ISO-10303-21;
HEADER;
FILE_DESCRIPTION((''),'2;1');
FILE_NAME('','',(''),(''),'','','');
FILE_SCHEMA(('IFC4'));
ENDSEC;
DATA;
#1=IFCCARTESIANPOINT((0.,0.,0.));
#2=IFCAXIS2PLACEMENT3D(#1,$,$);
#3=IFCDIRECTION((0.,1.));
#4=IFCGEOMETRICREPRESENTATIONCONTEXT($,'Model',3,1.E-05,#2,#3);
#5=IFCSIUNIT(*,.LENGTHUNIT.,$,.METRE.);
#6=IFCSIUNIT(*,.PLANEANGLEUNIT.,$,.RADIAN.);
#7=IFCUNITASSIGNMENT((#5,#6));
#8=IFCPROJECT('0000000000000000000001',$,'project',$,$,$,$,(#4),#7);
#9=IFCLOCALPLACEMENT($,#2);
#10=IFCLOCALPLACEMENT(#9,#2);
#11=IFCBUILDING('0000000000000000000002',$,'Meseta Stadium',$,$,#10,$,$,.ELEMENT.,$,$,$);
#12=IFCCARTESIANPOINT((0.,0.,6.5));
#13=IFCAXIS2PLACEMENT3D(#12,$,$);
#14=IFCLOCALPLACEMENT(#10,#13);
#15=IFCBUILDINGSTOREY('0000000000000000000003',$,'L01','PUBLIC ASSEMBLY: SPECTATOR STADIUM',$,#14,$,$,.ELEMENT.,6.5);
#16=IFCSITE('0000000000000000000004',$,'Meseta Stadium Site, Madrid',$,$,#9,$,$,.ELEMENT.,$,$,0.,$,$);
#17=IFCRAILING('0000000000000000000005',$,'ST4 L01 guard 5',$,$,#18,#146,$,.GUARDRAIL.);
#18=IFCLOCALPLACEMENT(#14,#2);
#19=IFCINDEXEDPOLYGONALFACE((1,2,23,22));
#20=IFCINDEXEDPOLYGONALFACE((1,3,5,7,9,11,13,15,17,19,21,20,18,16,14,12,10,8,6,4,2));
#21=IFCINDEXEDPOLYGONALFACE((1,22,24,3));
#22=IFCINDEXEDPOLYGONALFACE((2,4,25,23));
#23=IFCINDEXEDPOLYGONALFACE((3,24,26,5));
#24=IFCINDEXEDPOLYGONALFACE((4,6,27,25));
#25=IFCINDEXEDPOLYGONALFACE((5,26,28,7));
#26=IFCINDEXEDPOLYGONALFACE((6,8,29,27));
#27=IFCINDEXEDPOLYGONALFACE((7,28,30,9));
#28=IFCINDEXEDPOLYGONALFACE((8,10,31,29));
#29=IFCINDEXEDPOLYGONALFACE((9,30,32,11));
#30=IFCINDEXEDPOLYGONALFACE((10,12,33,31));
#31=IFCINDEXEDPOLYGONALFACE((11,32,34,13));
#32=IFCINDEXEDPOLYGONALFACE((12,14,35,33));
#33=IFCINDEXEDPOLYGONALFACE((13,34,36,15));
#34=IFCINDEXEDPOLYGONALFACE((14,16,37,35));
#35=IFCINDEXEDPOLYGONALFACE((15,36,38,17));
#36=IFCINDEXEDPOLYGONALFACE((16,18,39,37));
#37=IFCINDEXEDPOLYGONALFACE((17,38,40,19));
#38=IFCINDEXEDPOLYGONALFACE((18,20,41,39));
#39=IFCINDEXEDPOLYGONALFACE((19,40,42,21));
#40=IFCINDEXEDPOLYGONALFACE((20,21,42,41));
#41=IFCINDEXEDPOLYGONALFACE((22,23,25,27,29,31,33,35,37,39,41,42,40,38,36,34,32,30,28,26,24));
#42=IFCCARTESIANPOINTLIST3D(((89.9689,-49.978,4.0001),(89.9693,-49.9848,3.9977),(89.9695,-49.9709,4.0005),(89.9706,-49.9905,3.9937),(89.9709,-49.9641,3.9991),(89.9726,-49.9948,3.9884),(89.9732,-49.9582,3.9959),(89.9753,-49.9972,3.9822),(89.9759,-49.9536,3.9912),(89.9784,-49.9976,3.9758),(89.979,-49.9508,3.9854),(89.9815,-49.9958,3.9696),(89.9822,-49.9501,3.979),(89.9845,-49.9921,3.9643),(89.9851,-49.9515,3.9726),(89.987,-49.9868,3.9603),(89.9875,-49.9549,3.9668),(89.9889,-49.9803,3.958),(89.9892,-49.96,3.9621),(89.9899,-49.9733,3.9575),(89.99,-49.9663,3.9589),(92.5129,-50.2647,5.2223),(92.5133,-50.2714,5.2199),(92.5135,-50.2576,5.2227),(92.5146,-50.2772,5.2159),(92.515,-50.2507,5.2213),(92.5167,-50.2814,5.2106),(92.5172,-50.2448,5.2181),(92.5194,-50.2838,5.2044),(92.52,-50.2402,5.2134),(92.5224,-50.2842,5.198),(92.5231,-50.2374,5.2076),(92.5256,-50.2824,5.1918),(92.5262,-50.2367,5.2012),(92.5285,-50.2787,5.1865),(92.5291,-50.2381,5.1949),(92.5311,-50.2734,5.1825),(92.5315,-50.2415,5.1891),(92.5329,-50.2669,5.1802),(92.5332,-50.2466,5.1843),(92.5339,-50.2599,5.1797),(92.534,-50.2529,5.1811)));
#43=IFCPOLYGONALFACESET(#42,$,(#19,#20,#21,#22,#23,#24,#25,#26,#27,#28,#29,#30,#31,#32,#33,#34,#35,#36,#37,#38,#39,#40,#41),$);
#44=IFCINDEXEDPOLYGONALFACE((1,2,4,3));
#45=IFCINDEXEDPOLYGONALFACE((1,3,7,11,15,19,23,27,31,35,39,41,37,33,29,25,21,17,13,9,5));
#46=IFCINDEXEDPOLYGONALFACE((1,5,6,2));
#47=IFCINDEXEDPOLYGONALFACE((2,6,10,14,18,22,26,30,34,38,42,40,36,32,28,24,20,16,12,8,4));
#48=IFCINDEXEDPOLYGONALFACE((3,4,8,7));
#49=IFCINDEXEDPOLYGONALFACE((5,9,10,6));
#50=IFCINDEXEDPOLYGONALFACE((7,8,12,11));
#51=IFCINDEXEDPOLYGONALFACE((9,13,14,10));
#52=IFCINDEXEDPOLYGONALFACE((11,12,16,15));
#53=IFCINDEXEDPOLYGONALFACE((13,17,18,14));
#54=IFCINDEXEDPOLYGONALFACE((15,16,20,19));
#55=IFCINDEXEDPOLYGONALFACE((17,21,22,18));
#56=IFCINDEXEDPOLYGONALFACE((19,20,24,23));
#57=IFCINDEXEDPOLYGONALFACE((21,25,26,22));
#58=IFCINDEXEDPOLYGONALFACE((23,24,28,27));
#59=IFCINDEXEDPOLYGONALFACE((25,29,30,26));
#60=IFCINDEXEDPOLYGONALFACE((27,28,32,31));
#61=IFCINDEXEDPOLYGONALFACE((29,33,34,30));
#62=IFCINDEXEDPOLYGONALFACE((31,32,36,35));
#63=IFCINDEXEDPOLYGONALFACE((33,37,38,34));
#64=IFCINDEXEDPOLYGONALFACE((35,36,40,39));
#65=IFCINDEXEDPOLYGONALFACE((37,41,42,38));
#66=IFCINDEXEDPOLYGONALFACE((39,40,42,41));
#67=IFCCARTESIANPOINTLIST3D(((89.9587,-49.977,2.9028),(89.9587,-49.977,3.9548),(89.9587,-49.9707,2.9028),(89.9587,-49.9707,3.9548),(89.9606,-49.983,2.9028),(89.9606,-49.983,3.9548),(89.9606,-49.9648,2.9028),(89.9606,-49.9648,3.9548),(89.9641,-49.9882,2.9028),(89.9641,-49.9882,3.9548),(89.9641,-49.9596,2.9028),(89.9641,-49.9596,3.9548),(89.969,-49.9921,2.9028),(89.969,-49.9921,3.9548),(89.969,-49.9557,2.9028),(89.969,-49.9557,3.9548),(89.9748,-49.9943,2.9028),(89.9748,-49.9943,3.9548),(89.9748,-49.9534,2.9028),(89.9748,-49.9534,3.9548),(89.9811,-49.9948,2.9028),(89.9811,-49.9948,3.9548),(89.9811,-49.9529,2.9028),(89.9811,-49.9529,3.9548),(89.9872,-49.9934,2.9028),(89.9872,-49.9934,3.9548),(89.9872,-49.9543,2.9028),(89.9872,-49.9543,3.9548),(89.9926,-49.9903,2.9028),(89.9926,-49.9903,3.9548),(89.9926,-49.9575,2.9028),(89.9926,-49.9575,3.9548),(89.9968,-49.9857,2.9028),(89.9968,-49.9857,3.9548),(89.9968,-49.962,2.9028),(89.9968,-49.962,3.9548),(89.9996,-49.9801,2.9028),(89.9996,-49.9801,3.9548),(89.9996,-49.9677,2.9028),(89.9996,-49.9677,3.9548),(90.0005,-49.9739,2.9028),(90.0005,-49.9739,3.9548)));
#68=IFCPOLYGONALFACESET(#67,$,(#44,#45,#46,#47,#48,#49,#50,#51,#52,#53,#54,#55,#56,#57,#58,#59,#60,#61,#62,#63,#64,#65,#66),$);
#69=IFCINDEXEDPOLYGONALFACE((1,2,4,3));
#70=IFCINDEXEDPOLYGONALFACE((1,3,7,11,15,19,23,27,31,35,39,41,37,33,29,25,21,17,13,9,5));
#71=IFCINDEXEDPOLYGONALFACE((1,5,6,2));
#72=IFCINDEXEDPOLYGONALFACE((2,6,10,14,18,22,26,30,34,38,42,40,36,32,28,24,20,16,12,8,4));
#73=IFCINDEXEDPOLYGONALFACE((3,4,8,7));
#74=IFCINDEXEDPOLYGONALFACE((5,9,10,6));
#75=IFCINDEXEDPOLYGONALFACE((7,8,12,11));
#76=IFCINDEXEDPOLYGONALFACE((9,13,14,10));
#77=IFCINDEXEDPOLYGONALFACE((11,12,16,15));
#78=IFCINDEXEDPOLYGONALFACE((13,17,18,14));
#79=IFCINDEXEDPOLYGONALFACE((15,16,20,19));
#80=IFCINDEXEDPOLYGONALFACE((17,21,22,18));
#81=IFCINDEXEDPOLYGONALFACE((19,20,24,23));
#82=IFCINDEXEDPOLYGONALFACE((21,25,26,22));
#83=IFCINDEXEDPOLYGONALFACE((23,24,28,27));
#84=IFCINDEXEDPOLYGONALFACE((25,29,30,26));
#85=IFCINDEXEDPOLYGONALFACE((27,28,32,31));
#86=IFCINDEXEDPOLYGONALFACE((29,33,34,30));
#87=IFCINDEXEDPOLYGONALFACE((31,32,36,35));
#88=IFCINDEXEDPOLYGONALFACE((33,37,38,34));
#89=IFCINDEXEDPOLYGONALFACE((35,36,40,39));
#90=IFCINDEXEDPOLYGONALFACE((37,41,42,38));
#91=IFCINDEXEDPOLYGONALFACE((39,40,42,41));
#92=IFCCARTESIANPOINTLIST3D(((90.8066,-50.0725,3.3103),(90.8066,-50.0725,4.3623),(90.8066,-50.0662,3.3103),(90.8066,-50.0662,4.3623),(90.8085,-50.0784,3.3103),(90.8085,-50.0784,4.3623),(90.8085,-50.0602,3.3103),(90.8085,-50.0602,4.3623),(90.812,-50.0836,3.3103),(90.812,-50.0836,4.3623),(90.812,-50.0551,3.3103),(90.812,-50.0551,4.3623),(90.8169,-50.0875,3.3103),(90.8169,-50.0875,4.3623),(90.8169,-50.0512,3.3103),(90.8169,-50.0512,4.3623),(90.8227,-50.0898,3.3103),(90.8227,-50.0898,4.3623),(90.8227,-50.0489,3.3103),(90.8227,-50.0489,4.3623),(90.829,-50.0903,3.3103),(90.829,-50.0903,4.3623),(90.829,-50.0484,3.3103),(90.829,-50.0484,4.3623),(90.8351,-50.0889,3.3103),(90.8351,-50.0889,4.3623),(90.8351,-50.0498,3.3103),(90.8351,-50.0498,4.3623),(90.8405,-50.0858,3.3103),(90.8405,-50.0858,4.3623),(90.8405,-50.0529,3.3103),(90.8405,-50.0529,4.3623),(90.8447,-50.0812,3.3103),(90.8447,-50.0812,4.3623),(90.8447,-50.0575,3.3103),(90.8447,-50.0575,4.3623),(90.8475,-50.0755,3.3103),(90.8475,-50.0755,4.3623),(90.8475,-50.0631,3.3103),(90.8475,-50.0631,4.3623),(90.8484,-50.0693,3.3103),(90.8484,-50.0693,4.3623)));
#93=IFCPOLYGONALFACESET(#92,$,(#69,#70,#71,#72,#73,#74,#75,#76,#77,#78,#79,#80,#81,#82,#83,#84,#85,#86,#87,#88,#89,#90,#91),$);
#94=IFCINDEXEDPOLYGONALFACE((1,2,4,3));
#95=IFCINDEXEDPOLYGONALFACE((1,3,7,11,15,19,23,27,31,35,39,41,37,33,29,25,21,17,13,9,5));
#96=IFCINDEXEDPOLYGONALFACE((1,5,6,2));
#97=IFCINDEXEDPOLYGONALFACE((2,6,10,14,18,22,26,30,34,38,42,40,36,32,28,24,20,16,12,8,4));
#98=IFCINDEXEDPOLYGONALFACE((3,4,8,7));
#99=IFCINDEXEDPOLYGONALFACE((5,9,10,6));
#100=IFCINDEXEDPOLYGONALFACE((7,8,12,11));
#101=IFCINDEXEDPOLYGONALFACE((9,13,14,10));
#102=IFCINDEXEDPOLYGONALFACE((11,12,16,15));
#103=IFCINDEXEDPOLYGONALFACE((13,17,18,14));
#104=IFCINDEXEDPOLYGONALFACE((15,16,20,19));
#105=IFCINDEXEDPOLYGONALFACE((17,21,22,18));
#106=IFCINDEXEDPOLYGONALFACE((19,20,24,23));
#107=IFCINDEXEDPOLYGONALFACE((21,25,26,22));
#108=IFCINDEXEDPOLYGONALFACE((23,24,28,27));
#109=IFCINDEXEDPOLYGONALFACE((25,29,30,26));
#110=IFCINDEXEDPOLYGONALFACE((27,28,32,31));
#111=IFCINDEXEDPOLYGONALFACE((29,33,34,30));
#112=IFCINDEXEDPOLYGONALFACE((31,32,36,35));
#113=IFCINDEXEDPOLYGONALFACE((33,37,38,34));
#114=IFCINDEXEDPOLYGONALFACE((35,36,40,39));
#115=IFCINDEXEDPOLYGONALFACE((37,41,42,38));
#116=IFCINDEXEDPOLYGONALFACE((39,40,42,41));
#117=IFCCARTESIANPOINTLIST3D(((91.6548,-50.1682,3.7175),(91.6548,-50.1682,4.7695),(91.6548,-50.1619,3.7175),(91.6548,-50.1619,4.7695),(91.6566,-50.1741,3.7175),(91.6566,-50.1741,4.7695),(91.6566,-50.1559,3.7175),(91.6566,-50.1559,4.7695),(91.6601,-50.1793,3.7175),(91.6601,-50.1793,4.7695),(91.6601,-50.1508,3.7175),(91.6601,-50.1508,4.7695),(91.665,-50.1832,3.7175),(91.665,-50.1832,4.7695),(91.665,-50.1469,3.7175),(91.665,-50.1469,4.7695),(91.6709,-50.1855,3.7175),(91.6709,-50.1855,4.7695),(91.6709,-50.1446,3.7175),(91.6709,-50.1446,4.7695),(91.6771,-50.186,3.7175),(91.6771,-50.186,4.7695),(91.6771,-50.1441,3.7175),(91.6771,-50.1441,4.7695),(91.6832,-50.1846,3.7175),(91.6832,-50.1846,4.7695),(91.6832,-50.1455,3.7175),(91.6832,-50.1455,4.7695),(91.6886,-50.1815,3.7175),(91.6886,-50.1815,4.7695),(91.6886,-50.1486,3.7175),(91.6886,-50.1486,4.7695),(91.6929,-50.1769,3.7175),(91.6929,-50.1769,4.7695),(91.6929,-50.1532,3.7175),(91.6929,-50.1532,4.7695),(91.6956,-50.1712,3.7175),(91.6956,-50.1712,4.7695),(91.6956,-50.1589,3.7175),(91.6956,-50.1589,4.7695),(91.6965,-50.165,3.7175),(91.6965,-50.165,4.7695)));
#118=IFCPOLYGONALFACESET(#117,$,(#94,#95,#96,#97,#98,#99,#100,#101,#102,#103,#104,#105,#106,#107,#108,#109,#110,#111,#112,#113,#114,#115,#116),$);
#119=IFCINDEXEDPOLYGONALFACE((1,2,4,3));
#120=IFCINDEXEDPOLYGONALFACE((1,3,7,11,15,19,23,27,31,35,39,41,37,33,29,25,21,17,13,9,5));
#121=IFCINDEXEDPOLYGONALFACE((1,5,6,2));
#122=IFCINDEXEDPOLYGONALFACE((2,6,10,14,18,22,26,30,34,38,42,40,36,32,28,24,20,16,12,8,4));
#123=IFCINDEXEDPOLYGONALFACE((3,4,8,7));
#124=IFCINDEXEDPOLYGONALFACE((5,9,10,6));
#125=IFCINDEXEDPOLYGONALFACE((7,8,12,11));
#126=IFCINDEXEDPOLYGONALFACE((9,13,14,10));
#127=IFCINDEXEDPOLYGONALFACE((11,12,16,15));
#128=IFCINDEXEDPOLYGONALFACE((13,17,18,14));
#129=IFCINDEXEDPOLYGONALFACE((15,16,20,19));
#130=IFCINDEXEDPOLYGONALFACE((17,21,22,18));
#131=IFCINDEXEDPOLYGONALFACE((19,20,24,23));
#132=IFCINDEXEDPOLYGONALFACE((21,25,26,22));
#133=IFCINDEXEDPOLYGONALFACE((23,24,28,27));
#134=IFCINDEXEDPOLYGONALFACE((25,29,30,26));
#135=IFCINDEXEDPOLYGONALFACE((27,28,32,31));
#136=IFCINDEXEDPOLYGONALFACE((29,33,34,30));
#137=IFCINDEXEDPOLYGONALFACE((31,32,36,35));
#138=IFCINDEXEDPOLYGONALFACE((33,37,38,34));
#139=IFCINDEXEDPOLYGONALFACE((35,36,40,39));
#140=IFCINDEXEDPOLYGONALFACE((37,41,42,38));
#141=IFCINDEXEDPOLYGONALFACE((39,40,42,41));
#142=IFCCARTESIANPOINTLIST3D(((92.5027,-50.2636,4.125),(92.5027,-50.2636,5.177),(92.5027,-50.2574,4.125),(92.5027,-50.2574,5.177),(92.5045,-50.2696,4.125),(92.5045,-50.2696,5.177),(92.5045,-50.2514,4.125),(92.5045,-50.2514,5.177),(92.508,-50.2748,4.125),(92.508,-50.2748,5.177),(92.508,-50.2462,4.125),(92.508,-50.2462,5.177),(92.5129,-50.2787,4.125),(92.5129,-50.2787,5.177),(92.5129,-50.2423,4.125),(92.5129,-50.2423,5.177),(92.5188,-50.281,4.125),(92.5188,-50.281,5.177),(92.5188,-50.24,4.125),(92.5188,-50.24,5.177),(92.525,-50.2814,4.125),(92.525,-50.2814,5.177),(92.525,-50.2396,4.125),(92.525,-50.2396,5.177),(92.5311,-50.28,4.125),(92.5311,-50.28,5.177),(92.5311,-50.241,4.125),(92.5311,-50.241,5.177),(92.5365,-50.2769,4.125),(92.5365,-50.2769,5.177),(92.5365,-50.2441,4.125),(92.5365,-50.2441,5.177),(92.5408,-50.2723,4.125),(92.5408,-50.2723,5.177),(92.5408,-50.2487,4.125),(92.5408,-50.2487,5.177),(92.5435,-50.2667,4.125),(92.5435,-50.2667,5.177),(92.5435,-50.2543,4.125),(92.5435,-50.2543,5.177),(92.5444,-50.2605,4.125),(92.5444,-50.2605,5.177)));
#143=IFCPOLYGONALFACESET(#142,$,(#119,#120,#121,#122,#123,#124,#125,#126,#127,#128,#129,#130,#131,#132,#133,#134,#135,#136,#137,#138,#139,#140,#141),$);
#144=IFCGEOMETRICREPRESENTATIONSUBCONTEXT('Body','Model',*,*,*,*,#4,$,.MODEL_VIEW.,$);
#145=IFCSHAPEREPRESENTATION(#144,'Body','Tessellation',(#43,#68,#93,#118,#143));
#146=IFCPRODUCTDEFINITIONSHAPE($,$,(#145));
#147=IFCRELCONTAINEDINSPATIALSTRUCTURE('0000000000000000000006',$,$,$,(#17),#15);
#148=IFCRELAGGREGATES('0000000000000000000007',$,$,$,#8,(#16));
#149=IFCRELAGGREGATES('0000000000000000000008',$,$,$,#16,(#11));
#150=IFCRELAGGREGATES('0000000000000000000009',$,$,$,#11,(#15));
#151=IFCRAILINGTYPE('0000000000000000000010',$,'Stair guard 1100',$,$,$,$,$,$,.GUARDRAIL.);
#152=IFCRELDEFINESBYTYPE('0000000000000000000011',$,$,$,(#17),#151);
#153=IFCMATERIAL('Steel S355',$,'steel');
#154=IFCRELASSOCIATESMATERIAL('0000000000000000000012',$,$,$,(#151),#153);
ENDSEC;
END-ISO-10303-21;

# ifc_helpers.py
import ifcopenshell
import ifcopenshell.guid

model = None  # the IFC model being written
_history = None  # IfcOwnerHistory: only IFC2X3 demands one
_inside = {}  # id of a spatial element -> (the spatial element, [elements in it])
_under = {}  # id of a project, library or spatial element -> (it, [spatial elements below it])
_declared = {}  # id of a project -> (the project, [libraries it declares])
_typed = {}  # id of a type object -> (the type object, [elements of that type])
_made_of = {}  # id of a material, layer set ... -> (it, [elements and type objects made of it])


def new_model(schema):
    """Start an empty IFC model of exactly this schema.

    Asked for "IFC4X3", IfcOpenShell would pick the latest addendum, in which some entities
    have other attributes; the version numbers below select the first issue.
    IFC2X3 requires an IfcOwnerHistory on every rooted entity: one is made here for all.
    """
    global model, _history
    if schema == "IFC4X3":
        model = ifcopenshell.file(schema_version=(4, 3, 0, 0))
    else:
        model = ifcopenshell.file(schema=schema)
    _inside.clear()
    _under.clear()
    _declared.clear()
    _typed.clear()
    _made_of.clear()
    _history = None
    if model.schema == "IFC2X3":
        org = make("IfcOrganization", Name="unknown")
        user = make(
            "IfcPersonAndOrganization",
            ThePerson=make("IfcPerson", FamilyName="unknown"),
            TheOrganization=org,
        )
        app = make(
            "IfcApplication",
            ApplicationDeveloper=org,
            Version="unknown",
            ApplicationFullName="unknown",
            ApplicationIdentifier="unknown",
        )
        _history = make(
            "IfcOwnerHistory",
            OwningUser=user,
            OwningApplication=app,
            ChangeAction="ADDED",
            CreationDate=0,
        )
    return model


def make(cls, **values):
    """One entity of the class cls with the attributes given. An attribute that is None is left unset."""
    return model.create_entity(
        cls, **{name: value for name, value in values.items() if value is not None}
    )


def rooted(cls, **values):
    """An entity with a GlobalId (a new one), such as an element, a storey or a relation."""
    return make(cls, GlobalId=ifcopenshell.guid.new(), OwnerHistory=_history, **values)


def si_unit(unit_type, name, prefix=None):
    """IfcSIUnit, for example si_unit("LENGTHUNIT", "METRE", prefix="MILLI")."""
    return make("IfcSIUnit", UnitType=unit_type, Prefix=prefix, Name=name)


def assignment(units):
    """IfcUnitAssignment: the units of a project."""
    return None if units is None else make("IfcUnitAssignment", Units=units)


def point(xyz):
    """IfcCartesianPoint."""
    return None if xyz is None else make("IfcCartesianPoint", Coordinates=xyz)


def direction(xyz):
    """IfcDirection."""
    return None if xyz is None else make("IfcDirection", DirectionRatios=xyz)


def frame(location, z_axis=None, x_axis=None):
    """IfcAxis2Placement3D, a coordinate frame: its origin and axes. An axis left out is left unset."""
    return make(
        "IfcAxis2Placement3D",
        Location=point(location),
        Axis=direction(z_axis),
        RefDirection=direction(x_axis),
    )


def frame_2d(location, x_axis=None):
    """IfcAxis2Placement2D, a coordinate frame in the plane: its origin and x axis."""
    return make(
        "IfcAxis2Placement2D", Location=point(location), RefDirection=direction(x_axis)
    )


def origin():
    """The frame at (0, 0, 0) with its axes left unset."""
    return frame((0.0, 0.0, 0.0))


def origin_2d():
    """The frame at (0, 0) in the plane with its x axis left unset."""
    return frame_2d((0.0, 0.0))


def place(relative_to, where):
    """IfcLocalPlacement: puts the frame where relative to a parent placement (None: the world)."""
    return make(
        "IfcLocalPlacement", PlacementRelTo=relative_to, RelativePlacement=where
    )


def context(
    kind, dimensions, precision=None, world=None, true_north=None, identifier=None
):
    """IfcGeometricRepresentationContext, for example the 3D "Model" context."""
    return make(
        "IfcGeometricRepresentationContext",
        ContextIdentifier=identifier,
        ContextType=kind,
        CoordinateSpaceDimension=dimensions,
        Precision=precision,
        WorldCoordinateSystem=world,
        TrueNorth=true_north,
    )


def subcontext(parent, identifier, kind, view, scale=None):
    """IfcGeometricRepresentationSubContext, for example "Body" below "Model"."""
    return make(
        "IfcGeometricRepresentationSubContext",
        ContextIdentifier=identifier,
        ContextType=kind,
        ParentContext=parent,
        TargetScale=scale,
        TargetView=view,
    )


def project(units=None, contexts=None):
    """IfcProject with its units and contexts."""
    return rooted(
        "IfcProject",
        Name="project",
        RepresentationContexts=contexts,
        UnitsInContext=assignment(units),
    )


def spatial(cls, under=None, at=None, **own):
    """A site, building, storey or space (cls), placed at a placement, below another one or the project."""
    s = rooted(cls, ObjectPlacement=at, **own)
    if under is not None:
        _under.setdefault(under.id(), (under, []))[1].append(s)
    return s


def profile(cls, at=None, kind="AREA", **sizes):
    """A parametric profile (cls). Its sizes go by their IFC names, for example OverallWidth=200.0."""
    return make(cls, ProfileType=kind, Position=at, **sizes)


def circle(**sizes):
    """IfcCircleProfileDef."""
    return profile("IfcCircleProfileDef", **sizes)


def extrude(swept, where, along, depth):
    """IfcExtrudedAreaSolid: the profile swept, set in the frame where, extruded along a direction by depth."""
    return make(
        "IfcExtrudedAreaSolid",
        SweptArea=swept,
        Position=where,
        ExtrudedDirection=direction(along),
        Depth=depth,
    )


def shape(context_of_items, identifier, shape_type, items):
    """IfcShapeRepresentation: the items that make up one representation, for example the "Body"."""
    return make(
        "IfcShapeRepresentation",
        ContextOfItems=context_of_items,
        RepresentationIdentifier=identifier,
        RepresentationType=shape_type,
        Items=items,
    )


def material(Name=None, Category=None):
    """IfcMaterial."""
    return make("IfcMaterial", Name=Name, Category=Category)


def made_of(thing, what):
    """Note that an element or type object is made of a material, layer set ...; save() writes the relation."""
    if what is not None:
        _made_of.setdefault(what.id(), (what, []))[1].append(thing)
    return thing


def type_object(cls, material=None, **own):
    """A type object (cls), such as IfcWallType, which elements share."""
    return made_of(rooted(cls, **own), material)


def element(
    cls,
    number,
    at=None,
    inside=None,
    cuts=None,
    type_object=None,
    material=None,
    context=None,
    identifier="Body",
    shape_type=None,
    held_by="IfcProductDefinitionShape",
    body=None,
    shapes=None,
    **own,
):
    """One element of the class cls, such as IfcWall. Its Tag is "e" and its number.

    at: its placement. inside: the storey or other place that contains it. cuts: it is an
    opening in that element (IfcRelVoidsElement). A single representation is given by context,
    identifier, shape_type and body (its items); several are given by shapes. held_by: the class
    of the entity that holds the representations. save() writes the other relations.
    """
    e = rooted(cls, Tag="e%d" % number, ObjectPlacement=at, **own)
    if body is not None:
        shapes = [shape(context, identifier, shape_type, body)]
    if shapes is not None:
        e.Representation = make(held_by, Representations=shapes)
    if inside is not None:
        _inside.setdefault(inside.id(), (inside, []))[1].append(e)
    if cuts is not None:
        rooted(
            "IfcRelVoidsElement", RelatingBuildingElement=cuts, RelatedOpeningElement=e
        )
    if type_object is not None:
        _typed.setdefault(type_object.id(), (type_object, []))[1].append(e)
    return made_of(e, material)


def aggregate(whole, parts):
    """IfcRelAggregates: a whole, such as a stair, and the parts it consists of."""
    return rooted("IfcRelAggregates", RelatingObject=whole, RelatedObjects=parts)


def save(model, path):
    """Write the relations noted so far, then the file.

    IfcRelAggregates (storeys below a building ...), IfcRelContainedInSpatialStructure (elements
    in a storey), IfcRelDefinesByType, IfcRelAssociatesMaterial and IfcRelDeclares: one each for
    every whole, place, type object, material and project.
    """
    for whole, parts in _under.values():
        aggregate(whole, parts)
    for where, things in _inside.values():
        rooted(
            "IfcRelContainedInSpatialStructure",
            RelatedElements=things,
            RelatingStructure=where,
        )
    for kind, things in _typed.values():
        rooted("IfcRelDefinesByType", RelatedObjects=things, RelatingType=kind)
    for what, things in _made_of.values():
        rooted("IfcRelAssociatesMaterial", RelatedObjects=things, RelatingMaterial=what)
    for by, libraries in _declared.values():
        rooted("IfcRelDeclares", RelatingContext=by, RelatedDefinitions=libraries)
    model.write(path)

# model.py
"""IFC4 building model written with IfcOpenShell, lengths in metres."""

from ifc_helpers import new_model, si_unit, direction, frame, origin, origin_2d, place, context, subcontext, project, spatial, circle, extrude, material, type_object, element, save


model = new_model("IFC4")

# Units and contexts
model_context = context("Model", 3, precision=1e-05, world=origin(), true_north=direction((0.0, 1.0)))
body_context = subcontext(model_context, "Body", "Model", "MODEL_VIEW")
ifc_project = project(units=[si_unit("LENGTHUNIT", "METRE"), si_unit("PLANEANGLEUNIT", "RADIAN")], contexts=[model_context])

# Site, building, storey
site_placement = place(None, origin())
site = spatial("IfcSite", under=ifc_project, at=site_placement, Name="Meseta Stadium Site, Madrid", CompositionType="ELEMENT", RefElevation=0.0)
building_placement = place(site_placement, origin())
building = spatial("IfcBuilding", under=site, at=building_placement, Name="Meseta Stadium", CompositionType="ELEMENT")
storey_placement = place(building_placement, frame((0.0, 0.0, 6.5)))
storey = spatial("IfcBuildingStorey", under=building, at=storey_placement, Name="L01", Description="PUBLIC ASSEMBLY: SPECTATOR STADIUM", CompositionType="ELEMENT", Elevation=6.5)

# Railing
ifc_material_1 = material(Name="Steel S355", Category="steel")
railing_type_1 = type_object("IfcRailingType", Name="Stair guard 1100", PredefinedType="GUARDRAIL", material=ifc_material_1)
railing_1_placement = place(storey_placement, frame((89.9795, -49.9739, 2.9028)))
element("IfcRailing", 1, at=railing_1_placement, inside=storey, type_object=railing_type_1, Name="ST4 L01 guard 5", PredefinedType="GUARDRAIL", context=body_context, shape_type="SweptSolid", body=[
    extrude(circle(Radius=0.0239, at=origin_2d()), frame((0.0, 0.0, 1.0762), z_axis=(0.896762, -0.101036, 0.430824), x_axis=(0.11196, 0.993713, 0.0)), (0.0, 0.0, 1.0), 2.8369),
    extrude(circle(Radius=0.021, at=origin_2d()), origin(), (0.0, 0.0, 1.0), 1.052),
    extrude(circle(Radius=0.021, at=origin_2d()), frame((0.8479, -0.0955, 0.4075)), (0.0, 0.0, 1.0), 1.052),
    extrude(circle(Radius=0.021, at=origin_2d()), frame((1.696, -0.1912, 0.8147)), (0.0, 0.0, 1.0), 1.052),
    extrude(circle(Radius=0.021, at=origin_2d()), frame((2.5439, -0.2866, 1.2222)), (0.0, 0.0, 1.0), 1.052),
])

save(model, "model.ifc")
